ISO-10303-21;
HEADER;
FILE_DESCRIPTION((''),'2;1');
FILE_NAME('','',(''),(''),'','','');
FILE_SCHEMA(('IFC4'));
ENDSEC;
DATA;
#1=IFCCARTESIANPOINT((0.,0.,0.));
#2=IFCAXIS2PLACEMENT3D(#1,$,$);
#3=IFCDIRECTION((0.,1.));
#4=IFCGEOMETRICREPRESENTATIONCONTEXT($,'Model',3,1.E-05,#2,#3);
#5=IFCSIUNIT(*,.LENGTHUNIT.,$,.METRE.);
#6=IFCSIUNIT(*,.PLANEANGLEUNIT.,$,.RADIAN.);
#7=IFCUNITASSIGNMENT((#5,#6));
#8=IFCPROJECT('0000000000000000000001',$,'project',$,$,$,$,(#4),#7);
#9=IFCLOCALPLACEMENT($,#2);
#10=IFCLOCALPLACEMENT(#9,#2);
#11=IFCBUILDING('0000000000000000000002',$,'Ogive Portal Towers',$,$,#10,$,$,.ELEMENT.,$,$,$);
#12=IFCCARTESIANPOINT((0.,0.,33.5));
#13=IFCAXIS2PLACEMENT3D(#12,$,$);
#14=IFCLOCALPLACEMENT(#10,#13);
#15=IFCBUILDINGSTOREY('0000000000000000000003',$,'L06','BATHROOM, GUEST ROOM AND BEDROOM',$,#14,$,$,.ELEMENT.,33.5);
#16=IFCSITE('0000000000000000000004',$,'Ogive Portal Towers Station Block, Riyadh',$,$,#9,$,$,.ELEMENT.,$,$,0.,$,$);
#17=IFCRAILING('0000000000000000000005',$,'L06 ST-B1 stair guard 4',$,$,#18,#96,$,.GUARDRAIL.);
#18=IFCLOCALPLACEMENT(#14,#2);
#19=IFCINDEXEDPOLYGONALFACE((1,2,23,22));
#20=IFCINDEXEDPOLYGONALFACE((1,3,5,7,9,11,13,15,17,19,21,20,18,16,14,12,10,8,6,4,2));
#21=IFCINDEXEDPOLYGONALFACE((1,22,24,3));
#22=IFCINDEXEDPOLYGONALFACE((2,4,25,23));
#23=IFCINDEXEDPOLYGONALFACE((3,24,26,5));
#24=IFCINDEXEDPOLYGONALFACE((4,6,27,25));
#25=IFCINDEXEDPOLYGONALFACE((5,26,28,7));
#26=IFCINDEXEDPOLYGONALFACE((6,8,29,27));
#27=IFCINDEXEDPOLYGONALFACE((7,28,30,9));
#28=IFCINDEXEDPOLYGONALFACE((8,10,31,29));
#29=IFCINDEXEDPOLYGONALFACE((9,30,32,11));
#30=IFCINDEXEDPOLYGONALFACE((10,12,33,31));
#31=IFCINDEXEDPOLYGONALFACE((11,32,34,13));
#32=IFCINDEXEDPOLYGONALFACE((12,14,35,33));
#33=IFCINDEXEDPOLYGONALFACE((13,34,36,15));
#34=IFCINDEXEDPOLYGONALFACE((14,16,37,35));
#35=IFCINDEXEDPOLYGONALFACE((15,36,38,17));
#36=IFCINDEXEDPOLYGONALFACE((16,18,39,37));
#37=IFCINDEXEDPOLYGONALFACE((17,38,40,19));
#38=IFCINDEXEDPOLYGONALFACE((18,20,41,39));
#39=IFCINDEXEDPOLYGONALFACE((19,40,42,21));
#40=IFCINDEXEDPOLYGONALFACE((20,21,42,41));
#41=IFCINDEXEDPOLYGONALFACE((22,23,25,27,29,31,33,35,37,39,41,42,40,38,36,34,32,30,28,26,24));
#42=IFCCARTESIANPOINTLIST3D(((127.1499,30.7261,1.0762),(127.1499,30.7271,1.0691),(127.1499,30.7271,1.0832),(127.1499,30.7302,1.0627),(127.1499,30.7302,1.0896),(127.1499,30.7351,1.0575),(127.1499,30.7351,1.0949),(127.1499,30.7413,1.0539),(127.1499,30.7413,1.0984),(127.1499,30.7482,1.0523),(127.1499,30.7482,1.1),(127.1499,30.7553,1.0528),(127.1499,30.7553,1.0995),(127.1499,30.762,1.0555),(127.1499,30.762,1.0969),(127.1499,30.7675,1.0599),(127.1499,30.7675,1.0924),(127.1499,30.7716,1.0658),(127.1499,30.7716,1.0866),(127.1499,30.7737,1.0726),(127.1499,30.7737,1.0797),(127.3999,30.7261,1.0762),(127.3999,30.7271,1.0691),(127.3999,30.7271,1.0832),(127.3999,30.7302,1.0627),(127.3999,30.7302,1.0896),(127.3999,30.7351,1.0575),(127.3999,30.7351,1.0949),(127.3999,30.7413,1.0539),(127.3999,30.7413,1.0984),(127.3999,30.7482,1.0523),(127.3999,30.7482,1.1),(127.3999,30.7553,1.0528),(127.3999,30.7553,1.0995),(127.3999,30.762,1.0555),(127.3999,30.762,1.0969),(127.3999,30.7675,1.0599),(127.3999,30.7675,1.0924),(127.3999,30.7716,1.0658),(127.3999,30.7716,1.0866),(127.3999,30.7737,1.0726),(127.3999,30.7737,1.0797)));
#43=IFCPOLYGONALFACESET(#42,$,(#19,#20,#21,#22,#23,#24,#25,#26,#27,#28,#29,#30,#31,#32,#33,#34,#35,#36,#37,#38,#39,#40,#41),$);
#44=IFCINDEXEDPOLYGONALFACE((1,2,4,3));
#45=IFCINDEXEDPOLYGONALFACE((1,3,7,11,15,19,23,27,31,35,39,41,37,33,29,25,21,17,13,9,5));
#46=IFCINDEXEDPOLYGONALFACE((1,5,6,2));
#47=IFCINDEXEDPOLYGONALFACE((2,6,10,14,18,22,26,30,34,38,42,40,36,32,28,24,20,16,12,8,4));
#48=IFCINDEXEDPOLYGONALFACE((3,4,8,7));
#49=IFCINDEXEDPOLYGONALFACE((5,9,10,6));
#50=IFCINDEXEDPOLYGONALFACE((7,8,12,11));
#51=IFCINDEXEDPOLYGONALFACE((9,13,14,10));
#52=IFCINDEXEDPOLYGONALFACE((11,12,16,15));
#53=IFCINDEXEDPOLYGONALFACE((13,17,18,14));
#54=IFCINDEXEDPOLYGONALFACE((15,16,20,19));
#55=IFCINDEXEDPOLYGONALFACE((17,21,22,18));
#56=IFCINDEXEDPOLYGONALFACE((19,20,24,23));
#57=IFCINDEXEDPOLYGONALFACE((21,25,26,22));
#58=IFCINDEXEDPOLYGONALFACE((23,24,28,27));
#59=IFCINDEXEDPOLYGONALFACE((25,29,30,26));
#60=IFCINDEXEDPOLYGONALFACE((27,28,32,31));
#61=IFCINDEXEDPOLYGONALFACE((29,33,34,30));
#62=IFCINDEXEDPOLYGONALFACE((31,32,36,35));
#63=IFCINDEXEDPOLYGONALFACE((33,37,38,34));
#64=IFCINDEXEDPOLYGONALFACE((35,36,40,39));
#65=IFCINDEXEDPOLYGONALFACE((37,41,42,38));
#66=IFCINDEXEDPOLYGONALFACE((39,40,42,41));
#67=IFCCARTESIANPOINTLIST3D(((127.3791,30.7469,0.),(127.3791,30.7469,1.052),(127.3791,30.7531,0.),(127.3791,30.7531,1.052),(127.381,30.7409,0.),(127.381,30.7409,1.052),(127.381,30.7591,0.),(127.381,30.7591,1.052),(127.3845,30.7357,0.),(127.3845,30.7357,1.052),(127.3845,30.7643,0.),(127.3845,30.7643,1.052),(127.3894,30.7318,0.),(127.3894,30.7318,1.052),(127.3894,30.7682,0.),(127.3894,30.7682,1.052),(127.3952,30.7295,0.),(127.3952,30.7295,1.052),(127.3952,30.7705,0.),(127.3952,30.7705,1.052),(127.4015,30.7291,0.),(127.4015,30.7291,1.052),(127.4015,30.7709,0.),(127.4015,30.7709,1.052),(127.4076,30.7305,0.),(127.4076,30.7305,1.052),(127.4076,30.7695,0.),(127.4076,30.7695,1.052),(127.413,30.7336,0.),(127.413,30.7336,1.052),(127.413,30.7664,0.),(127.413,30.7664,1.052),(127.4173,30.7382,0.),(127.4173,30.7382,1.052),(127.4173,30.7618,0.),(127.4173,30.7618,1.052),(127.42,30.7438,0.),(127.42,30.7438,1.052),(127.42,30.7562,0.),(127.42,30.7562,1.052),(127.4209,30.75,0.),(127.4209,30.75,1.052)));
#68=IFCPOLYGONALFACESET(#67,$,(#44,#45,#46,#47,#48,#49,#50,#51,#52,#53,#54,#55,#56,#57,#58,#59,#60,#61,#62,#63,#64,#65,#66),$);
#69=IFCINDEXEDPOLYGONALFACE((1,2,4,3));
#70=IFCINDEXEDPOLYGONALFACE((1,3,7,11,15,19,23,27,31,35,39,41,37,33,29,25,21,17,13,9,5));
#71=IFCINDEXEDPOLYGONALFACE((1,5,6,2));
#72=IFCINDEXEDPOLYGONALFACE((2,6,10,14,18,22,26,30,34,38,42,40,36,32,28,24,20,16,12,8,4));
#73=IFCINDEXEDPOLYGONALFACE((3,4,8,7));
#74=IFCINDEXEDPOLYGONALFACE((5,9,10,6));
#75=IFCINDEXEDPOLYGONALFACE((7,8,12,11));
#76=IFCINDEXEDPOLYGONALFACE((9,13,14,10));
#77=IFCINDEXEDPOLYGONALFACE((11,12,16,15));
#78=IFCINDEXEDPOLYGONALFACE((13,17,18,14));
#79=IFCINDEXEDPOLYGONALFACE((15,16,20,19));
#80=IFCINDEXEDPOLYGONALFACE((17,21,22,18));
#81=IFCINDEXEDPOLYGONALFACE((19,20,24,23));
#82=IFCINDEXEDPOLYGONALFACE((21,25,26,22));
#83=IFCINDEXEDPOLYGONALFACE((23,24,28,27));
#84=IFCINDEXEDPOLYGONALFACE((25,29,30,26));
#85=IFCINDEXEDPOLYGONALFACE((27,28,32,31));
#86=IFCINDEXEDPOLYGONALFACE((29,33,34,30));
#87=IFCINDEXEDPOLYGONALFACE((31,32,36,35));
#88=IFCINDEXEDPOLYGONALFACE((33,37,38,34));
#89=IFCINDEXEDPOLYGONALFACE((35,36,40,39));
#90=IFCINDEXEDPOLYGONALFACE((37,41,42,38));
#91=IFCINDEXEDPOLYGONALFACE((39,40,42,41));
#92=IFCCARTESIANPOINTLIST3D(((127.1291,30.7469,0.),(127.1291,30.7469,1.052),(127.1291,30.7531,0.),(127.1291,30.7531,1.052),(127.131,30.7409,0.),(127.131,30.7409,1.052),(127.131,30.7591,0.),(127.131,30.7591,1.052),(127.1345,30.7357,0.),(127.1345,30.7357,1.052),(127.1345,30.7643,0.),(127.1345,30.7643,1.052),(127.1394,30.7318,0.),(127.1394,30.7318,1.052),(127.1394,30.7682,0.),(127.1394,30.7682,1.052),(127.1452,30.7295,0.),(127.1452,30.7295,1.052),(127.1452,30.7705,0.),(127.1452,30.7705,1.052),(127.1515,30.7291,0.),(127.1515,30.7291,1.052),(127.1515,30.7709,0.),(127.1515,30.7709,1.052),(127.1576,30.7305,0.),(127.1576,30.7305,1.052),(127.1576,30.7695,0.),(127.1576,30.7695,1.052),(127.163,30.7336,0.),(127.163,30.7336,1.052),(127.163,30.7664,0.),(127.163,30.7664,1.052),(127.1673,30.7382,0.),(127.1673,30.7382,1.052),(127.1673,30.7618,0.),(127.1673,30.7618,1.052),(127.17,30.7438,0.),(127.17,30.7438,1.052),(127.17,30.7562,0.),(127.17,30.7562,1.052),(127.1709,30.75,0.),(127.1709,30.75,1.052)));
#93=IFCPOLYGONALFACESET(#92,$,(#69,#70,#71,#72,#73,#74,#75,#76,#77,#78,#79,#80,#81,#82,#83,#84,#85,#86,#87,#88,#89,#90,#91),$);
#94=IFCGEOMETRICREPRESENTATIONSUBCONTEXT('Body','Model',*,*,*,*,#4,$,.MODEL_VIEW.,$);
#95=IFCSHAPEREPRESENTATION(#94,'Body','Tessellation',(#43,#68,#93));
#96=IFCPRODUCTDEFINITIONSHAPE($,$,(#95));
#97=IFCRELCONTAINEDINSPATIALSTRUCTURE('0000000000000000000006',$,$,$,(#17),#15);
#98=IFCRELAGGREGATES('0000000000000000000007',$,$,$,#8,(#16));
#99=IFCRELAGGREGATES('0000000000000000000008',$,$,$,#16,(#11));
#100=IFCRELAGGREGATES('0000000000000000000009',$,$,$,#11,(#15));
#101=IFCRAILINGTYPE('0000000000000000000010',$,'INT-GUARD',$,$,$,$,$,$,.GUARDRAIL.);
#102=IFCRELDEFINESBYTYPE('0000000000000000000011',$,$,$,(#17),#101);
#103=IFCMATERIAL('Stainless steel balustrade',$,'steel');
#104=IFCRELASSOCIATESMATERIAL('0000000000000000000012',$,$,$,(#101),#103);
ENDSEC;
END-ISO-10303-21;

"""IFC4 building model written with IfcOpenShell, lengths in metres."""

from ifc_helpers import new_model, si_unit, direction, frame, origin, origin_2d, place, context, subcontext, project, spatial, circle, extrude, material, type_object, element, save


model = new_model("IFC4")

# Units and contexts
model_context = context("Model", 3, precision=1e-05, world=origin(), true_north=direction((0.0, 1.0)))
body_context = subcontext(model_context, "Body", "Model", "MODEL_VIEW")
ifc_project = project(units=[si_unit("LENGTHUNIT", "METRE"), si_unit("PLANEANGLEUNIT", "RADIAN")], contexts=[model_context])

# Site, building, storey
site_placement = place(None, origin())
site = spatial("IfcSite", under=ifc_project, at=site_placement, Name="Ogive Portal Towers Station Block, Riyadh", CompositionType="ELEMENT", RefElevation=0.0)
building_placement = place(site_placement, origin())
building = spatial("IfcBuilding", under=site, at=building_placement, Name="Ogive Portal Towers", CompositionType="ELEMENT")
storey_placement = place(building_placement, frame((0.0, 0.0, 33.5)))
storey = spatial("IfcBuildingStorey", under=building, at=storey_placement, Name="L06", Description="BATHROOM, GUEST ROOM AND BEDROOM", CompositionType="ELEMENT", Elevation=33.5)

# Railing
ifc_material_1 = material(Name="Stainless steel balustrade", Category="steel")
railing_type_1 = type_object("IfcRailingType", Name="INT-GUARD", PredefinedType="GUARDRAIL", material=ifc_material_1)
railing_1_placement = place(storey_placement, frame((127.3999, 30.75, 0.0)))
element("IfcRailing", 1, at=railing_1_placement, inside=storey, type_object=railing_type_1, Name="L06 ST-B1 stair guard 4", PredefinedType="GUARDRAIL", context=body_context, shape_type="SweptSolid", body=[
    extrude(circle(Radius=0.0239, at=origin_2d()), frame((0.0, 0.0, 1.0762), z_axis=(-1.0, 0.0, 0.0), x_axis=(0.0, -1.0, 0.0)), (0.0, 0.0, 1.0), 0.25),
    extrude(circle(Radius=0.021, at=origin_2d()), origin(), (0.0, 0.0, 1.0), 1.052),
    extrude(circle(Radius=0.021, at=origin_2d()), frame((-0.25, 0.0, 0.0)), (0.0, 0.0, 1.0), 1.052),
])

save(model, "model.ifc")
